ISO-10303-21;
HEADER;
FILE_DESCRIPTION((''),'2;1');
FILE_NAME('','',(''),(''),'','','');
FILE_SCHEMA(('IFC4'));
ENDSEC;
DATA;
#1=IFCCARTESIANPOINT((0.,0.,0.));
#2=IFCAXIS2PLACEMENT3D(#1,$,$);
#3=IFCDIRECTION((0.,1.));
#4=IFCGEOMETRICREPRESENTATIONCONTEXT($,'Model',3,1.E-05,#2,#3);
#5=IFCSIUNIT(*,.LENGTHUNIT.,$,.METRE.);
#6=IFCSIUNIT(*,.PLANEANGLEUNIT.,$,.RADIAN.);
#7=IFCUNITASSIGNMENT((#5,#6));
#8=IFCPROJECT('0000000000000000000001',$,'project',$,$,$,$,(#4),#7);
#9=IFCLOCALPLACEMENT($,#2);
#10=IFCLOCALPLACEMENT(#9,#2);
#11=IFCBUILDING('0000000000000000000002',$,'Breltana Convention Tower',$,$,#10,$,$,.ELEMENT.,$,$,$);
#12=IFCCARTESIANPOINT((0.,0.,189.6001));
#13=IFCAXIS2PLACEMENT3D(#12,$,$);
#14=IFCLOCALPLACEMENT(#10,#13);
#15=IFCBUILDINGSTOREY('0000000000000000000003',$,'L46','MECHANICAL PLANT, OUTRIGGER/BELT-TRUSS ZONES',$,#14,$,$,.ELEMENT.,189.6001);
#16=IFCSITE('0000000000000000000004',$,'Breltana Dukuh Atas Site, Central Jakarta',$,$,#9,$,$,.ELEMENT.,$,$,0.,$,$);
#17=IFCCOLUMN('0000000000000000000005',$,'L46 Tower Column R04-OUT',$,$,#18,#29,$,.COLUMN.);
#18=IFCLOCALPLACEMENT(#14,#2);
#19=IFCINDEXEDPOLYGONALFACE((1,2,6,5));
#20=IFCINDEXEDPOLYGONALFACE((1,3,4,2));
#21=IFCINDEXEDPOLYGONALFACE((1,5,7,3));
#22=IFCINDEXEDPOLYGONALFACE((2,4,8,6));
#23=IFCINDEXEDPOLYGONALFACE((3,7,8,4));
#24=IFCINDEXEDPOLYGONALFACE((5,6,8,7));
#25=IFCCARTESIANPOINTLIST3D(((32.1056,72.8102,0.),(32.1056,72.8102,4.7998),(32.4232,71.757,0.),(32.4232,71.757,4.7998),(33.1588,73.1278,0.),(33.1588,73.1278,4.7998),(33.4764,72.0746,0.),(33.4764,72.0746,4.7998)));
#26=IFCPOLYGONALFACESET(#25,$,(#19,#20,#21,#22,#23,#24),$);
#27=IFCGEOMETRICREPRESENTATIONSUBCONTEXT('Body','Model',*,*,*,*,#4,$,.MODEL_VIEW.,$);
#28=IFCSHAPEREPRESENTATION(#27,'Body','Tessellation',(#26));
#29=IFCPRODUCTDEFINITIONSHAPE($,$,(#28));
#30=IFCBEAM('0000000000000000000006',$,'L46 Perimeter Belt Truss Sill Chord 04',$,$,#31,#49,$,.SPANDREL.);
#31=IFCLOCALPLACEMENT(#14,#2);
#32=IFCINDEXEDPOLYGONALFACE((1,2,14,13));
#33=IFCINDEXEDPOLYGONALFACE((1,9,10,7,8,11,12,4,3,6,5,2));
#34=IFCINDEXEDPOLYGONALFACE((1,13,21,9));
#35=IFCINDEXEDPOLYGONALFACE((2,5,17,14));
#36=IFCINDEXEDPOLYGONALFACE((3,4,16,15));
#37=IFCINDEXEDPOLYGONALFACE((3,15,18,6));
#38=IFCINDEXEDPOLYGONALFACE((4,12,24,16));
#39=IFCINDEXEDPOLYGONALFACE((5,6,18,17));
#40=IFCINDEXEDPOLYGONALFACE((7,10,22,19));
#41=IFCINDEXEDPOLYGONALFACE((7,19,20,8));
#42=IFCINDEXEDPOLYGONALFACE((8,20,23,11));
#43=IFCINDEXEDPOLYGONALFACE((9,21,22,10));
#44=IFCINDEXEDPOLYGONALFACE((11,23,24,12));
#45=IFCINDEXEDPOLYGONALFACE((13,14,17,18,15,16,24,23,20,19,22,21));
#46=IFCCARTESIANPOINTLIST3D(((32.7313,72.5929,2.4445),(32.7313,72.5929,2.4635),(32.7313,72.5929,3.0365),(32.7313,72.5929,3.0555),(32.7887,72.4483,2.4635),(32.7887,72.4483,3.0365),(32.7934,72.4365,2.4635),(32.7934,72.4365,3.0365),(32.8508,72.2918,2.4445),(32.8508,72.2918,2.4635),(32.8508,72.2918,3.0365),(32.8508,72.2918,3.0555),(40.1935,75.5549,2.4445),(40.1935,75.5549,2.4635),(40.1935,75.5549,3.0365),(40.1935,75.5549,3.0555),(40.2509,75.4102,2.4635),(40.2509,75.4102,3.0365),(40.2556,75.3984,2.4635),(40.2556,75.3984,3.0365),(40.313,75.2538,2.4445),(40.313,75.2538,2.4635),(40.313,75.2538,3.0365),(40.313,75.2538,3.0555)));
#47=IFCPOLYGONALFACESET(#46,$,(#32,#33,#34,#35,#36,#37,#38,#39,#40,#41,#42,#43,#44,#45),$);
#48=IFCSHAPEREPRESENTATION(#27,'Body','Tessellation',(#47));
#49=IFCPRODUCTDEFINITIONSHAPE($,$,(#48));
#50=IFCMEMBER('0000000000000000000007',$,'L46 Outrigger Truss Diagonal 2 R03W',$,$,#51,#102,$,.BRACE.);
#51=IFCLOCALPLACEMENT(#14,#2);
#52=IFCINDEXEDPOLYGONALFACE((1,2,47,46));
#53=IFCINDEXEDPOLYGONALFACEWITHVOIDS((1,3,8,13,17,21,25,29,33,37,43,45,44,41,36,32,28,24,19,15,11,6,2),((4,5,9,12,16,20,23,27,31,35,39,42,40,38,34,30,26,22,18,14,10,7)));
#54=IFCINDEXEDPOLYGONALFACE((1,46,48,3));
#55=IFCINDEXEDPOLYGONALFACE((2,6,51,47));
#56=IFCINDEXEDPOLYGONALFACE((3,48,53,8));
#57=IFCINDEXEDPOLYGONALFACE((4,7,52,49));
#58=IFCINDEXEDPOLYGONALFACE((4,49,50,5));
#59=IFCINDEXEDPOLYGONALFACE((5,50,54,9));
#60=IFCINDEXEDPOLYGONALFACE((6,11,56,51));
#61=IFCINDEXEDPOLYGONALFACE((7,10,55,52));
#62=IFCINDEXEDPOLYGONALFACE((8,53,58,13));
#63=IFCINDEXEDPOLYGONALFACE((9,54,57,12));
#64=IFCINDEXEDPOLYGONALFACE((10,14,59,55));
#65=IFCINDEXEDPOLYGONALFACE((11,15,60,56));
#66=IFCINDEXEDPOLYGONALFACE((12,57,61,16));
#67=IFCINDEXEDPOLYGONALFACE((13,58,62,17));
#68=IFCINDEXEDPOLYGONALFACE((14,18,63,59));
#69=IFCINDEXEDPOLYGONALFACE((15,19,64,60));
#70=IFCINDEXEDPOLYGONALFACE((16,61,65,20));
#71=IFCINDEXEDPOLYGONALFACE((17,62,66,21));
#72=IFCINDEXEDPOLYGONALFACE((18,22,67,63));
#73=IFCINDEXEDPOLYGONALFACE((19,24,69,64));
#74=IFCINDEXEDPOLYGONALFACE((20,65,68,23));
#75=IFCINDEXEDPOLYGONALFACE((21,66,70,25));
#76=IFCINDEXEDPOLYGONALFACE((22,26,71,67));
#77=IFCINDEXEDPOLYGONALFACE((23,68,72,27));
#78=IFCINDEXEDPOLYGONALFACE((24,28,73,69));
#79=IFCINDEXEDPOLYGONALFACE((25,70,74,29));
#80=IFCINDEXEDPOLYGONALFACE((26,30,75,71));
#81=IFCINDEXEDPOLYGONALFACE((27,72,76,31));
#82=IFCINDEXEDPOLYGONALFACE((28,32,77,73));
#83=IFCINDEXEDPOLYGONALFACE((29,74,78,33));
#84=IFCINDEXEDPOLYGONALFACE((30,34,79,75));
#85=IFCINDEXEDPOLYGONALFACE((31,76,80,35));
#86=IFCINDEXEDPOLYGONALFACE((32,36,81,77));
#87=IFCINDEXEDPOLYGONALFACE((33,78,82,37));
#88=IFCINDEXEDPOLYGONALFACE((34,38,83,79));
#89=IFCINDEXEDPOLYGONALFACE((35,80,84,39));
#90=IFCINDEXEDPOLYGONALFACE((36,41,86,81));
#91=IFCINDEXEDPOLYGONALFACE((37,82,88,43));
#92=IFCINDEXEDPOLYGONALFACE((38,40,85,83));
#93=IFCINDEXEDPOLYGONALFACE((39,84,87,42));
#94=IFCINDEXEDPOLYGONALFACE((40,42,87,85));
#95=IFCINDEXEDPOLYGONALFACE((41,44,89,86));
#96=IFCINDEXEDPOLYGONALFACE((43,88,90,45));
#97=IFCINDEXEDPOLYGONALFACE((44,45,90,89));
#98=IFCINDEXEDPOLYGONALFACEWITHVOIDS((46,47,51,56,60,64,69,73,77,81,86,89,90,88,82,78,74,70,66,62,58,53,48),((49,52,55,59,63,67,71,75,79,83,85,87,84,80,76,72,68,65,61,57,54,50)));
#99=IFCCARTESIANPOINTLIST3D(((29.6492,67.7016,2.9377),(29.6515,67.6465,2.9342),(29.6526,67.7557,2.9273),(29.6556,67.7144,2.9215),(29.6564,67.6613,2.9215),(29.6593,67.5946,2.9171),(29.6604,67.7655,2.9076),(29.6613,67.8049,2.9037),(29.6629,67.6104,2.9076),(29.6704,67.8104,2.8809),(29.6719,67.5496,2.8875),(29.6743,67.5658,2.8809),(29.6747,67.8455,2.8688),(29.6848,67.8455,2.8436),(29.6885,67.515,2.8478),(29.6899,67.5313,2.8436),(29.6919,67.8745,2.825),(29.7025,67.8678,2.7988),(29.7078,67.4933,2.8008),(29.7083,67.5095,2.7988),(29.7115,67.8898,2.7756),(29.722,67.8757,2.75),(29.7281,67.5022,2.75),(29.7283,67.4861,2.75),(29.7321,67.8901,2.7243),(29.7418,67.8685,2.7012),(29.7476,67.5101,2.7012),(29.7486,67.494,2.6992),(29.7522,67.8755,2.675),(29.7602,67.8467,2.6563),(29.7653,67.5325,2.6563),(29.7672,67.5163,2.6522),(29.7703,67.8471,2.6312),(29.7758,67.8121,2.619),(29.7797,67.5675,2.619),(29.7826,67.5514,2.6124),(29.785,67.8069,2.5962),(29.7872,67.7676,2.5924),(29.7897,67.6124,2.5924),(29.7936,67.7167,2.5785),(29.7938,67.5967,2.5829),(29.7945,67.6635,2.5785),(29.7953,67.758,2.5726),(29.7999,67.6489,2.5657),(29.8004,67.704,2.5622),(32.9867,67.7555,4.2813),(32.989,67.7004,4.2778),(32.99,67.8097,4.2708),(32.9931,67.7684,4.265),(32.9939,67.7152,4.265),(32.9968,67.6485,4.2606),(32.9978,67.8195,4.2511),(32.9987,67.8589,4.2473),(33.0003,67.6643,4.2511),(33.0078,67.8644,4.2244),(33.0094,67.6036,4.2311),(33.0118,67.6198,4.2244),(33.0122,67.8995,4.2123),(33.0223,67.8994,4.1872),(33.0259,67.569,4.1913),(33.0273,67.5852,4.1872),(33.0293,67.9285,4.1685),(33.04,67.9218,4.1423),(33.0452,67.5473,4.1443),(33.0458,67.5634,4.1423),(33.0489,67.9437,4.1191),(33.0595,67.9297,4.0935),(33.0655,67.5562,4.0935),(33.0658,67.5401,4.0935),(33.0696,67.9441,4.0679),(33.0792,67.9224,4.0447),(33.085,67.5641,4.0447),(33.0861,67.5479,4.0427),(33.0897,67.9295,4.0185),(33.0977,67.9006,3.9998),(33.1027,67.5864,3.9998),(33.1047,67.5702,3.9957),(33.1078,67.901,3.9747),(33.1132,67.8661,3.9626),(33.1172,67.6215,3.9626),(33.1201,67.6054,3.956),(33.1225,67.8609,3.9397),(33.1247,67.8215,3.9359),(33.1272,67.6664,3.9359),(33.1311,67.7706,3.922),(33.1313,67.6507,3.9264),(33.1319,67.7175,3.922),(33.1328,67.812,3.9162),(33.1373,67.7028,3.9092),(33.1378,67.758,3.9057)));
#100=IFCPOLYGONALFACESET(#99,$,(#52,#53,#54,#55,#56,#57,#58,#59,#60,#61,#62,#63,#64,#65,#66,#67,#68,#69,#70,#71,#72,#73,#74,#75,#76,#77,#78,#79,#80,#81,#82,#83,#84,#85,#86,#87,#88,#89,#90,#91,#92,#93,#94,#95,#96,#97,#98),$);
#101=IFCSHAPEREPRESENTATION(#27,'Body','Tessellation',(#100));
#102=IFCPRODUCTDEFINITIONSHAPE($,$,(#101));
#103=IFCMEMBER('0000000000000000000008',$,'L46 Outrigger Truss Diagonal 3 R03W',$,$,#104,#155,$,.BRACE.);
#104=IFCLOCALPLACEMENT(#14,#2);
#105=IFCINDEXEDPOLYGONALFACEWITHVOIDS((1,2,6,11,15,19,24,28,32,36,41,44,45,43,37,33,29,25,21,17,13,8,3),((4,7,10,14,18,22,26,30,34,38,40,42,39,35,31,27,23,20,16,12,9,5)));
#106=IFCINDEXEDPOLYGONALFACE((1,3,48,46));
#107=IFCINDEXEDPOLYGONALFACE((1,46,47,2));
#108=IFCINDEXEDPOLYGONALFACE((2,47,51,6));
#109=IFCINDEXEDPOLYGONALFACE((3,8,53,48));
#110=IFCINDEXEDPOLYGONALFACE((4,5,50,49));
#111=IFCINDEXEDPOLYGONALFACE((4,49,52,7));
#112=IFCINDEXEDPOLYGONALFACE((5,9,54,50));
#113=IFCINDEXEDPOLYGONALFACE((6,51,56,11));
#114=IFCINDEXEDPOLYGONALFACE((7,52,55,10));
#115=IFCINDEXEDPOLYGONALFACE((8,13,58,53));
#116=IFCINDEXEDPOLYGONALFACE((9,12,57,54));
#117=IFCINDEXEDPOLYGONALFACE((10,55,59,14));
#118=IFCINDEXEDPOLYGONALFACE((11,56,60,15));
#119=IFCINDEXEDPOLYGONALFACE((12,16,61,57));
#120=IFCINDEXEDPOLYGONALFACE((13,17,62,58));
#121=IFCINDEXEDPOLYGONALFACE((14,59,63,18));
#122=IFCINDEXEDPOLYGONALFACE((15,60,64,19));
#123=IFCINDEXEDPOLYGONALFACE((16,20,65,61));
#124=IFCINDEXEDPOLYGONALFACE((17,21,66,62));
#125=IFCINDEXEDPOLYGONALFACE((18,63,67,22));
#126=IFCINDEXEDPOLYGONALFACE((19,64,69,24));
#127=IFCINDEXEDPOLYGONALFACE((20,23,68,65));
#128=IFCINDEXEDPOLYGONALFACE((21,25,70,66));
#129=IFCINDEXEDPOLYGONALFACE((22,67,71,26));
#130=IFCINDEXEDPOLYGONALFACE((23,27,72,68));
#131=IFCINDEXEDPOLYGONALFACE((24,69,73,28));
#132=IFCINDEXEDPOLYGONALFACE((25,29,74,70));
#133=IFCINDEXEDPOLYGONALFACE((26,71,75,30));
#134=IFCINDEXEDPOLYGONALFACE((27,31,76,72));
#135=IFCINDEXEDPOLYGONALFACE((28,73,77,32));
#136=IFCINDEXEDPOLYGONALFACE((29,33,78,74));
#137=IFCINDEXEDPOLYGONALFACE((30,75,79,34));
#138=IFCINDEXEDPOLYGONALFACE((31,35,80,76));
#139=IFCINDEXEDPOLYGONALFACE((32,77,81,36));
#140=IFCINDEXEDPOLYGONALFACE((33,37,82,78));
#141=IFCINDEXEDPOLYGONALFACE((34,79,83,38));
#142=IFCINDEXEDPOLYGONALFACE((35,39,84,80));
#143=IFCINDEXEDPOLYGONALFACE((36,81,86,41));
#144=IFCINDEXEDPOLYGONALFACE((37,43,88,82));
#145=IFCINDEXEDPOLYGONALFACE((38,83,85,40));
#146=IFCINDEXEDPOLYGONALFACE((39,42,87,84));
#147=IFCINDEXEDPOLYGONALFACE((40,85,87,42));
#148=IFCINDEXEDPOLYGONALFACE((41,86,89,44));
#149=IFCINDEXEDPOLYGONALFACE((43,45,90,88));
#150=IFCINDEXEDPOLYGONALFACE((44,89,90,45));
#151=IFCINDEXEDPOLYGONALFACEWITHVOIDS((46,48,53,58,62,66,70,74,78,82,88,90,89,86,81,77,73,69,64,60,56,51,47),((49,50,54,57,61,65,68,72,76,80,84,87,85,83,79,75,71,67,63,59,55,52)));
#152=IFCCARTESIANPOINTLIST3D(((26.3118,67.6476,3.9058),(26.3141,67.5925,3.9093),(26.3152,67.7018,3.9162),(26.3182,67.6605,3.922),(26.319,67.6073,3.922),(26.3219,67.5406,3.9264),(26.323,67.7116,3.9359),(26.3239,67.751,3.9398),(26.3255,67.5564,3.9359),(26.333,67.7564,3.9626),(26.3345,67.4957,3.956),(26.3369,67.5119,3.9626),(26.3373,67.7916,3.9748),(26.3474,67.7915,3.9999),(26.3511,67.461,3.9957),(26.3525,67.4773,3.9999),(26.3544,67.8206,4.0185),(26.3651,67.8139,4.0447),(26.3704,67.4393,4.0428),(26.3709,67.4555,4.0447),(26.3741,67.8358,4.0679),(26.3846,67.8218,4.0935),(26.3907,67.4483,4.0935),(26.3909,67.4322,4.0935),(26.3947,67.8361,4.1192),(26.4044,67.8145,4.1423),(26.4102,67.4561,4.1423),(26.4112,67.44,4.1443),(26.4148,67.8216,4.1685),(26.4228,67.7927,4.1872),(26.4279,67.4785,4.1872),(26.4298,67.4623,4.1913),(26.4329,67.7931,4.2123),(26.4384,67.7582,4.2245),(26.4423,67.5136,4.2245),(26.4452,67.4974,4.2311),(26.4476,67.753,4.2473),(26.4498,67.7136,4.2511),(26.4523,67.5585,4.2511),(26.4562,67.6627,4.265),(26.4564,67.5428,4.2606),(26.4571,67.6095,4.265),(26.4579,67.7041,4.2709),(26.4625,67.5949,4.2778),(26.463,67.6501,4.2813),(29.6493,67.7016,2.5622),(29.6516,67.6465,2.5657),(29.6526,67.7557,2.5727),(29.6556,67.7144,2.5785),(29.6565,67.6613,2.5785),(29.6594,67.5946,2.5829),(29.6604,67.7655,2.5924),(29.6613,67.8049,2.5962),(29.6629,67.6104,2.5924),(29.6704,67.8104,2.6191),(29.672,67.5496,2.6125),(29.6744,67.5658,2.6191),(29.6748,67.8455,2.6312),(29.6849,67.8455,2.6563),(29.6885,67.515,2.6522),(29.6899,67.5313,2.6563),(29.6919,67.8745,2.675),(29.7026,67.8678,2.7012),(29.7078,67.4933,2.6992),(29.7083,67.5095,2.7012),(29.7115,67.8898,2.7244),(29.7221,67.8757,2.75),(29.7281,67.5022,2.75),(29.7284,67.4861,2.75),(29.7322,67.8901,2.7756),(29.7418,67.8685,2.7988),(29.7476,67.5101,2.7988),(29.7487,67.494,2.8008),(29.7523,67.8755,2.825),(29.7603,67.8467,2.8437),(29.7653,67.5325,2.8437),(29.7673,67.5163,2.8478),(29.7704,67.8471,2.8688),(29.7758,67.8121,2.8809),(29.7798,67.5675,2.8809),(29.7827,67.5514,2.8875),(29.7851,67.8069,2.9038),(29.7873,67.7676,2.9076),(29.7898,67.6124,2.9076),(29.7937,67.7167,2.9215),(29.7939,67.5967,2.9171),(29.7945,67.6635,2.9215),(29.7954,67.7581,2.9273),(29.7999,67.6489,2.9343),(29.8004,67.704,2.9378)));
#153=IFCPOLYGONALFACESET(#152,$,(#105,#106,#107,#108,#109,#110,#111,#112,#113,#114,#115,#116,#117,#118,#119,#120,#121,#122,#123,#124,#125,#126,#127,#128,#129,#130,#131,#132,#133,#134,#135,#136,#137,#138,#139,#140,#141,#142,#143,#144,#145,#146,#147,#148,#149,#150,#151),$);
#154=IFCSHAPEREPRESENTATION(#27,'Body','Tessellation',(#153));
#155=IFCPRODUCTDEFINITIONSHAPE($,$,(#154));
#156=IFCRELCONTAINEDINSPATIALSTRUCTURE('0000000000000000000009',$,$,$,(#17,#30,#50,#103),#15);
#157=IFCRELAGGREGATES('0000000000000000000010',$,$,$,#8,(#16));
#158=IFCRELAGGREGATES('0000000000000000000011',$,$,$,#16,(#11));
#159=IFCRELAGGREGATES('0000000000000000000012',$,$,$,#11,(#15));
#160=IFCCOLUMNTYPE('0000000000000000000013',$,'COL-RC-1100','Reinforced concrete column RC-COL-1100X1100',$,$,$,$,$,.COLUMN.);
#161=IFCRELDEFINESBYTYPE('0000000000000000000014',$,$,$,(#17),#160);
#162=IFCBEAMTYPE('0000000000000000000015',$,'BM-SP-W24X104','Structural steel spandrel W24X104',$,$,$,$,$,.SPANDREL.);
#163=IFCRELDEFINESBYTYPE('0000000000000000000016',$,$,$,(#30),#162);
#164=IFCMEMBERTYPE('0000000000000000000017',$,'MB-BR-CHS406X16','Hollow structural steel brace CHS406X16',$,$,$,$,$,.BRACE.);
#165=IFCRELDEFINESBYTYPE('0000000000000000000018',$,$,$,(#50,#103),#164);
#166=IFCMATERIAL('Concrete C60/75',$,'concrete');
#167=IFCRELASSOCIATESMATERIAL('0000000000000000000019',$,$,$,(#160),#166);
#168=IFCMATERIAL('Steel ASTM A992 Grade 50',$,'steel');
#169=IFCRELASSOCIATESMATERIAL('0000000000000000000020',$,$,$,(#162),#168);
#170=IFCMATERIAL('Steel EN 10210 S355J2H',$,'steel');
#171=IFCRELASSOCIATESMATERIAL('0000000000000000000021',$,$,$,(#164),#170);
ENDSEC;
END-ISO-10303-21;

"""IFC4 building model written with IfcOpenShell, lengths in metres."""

from ifc_helpers import new_model, si_unit, direction, frame, origin, origin_2d, place, context, subcontext, project, spatial, rectangle, hollow_circle, i_section, extrude, source, transform, mapped, material, material_profile, profile_set, type_object, type_shapes, element, save


model = new_model("IFC4")

# Units and contexts
model_context = context("Model", 3, precision=1e-05, world=origin(), true_north=direction((0.0, 1.0)))
body_context = subcontext(model_context, "Body", "Model", "MODEL_VIEW")
ifc_project = project(units=[si_unit("LENGTHUNIT", "METRE"), si_unit("PLANEANGLEUNIT", "RADIAN")], contexts=[model_context])

# Site, building, storey
site_placement = place(None, origin())
site = spatial("IfcSite", under=ifc_project, at=site_placement, Name="Breltana Dukuh Atas Site, Central Jakarta", CompositionType="ELEMENT", RefElevation=0.0)
building_placement = place(site_placement, origin())
building = spatial("IfcBuilding", under=site, at=building_placement, Name="Breltana Convention Tower", CompositionType="ELEMENT")
storey_placement = place(building_placement, frame((0.0, 0.0, 189.6001)))
storey = spatial("IfcBuildingStorey", under=building, at=storey_placement, Name="L46", Description="MECHANICAL PLANT, OUTRIGGER/BELT-TRUSS ZONES", CompositionType="ELEMENT", Elevation=189.6001)

# Column
ifc_material_1 = material(Name="Concrete C60/75", Category="concrete")
ifc_material_profile_1 = material_profile(ifc_material_1, rectangle(XDim=1.1001, YDim=1.1001, at=origin_2d()), Name="RC-COL-1100X1100")
ifc_profile_set_1 = profile_set([ifc_material_profile_1], Name="Concrete C60/75")
column_type = type_object("IfcColumnType", Name="COL-RC-1100", Description="Reinforced concrete column RC-COL-1100X1100", PredefinedType="COLUMN", material=ifc_profile_set_1)
shared_shape_1 = source(origin(), body_context, "Body", "SweptSolid", [
    extrude(rectangle(XDim=1.1001, YDim=1.1001, at=origin_2d()), origin(), (0.0, 0.0, 1.0), 4.7998),
])
column_placement = place(storey_placement, frame((32.791, 72.4424, 0.0), z_axis=(0.0, 0.0, 1.0), x_axis=(-0.288698, 0.95742, 0.0)))
element("IfcColumn", 1, at=column_placement, inside=storey, type_object=column_type, Name="L46 Tower Column R04-OUT", PredefinedType="COLUMN", context=body_context, shape_type="MappedRepresentation", body=[
    mapped(shared_shape_1, transform((0.0, 0.0, 0.0), scale=1.0)),
])

# Beam
ifc_material_2 = material(Name="Steel ASTM A992 Grade 50", Category="steel")
ifc_material_profile_2 = material_profile(ifc_material_2, i_section(OverallWidth=0.324, OverallDepth=0.6111, WebThickness=0.0127, FlangeThickness=0.019, at=origin_2d()), Name="W24X104")
ifc_profile_set_2 = profile_set([ifc_material_profile_2], Name="Steel ASTM A992 Grade 50")
beam_type_1 = type_object("IfcBeamType", Name="BM-SP-W24X104", Description="Structural steel spandrel W24X104", PredefinedType="SPANDREL", material=ifc_profile_set_2)
shared_shape_2 = source(origin(), body_context, "Body", "SweptSolid", [
    extrude(i_section(OverallWidth=0.324, OverallDepth=0.6111, WebThickness=0.0127, FlangeThickness=0.019, at=origin_2d()), origin(), (0.0, 0.0, 1.0), 8.0286),
])
beam_1_placement = place(storey_placement, frame((32.791, 72.4424, 2.75), z_axis=(0.929459, 0.368925, 0.0), x_axis=(-0.368925, 0.929459, 0.0)))
element("IfcBeam", 2, at=beam_1_placement, inside=storey, type_object=beam_type_1, Name="L46 Perimeter Belt Truss Sill Chord 04", PredefinedType="SPANDREL", context=body_context, shape_type="MappedRepresentation", body=[
    mapped(shared_shape_2, transform((0.0, 0.0, 0.0), scale=1.0)),
])

# Members
ifc_material_3 = material(Name="Steel EN 10210 S355J2H", Category="steel")
ifc_material_profile_3 = material_profile(ifc_material_3, hollow_circle(Radius=0.2029, WallThickness=0.0161, at=origin_2d()), Name="CHS406X16")
ifc_profile_set_3 = profile_set([ifc_material_profile_3], Name="Steel EN 10210 S355J2H")
member_type_1 = type_object("IfcMemberType", Name="MB-BR-CHS406X16", Description="Hollow structural steel brace CHS406X16", PredefinedType="BRACE", material=ifc_profile_set_3)
shared_shape_3 = source(origin(), body_context, "Body", "SweptSolid", [
    extrude(hollow_circle(Radius=0.2029, WallThickness=0.0161, at=origin_2d()), origin(), (0.0, 0.0, 1.0), 3.5981),
])
type_shapes(member_type_1, [shared_shape_3])
for number, where, z_axis, x_axis, name in (
    (3, (33.0625, 67.7429, 4.0935), (-0.927551, -0.014996, -0.373395), (0.016165, -0.999869, 0.0), "L46 Outrigger Truss Diagonal 2 R03W"),
    (4, (29.7251, 67.689, 2.75), (-0.927551, -0.014996, 0.373395), (0.016165, -0.999869, 0.0), "L46 Outrigger Truss Diagonal 3 R03W"),
):
    element("IfcMember", number, at=place(storey_placement, frame(where, z_axis=z_axis, x_axis=x_axis)), inside=storey, type_object=member_type_1, Name=name, PredefinedType="BRACE", context=body_context, shape_type="MappedRepresentation", body=[
        mapped(shared_shape_3, transform((0.0, 0.0, 0.0), scale=1.0)),
    ])

save(model, "model.ifc")
